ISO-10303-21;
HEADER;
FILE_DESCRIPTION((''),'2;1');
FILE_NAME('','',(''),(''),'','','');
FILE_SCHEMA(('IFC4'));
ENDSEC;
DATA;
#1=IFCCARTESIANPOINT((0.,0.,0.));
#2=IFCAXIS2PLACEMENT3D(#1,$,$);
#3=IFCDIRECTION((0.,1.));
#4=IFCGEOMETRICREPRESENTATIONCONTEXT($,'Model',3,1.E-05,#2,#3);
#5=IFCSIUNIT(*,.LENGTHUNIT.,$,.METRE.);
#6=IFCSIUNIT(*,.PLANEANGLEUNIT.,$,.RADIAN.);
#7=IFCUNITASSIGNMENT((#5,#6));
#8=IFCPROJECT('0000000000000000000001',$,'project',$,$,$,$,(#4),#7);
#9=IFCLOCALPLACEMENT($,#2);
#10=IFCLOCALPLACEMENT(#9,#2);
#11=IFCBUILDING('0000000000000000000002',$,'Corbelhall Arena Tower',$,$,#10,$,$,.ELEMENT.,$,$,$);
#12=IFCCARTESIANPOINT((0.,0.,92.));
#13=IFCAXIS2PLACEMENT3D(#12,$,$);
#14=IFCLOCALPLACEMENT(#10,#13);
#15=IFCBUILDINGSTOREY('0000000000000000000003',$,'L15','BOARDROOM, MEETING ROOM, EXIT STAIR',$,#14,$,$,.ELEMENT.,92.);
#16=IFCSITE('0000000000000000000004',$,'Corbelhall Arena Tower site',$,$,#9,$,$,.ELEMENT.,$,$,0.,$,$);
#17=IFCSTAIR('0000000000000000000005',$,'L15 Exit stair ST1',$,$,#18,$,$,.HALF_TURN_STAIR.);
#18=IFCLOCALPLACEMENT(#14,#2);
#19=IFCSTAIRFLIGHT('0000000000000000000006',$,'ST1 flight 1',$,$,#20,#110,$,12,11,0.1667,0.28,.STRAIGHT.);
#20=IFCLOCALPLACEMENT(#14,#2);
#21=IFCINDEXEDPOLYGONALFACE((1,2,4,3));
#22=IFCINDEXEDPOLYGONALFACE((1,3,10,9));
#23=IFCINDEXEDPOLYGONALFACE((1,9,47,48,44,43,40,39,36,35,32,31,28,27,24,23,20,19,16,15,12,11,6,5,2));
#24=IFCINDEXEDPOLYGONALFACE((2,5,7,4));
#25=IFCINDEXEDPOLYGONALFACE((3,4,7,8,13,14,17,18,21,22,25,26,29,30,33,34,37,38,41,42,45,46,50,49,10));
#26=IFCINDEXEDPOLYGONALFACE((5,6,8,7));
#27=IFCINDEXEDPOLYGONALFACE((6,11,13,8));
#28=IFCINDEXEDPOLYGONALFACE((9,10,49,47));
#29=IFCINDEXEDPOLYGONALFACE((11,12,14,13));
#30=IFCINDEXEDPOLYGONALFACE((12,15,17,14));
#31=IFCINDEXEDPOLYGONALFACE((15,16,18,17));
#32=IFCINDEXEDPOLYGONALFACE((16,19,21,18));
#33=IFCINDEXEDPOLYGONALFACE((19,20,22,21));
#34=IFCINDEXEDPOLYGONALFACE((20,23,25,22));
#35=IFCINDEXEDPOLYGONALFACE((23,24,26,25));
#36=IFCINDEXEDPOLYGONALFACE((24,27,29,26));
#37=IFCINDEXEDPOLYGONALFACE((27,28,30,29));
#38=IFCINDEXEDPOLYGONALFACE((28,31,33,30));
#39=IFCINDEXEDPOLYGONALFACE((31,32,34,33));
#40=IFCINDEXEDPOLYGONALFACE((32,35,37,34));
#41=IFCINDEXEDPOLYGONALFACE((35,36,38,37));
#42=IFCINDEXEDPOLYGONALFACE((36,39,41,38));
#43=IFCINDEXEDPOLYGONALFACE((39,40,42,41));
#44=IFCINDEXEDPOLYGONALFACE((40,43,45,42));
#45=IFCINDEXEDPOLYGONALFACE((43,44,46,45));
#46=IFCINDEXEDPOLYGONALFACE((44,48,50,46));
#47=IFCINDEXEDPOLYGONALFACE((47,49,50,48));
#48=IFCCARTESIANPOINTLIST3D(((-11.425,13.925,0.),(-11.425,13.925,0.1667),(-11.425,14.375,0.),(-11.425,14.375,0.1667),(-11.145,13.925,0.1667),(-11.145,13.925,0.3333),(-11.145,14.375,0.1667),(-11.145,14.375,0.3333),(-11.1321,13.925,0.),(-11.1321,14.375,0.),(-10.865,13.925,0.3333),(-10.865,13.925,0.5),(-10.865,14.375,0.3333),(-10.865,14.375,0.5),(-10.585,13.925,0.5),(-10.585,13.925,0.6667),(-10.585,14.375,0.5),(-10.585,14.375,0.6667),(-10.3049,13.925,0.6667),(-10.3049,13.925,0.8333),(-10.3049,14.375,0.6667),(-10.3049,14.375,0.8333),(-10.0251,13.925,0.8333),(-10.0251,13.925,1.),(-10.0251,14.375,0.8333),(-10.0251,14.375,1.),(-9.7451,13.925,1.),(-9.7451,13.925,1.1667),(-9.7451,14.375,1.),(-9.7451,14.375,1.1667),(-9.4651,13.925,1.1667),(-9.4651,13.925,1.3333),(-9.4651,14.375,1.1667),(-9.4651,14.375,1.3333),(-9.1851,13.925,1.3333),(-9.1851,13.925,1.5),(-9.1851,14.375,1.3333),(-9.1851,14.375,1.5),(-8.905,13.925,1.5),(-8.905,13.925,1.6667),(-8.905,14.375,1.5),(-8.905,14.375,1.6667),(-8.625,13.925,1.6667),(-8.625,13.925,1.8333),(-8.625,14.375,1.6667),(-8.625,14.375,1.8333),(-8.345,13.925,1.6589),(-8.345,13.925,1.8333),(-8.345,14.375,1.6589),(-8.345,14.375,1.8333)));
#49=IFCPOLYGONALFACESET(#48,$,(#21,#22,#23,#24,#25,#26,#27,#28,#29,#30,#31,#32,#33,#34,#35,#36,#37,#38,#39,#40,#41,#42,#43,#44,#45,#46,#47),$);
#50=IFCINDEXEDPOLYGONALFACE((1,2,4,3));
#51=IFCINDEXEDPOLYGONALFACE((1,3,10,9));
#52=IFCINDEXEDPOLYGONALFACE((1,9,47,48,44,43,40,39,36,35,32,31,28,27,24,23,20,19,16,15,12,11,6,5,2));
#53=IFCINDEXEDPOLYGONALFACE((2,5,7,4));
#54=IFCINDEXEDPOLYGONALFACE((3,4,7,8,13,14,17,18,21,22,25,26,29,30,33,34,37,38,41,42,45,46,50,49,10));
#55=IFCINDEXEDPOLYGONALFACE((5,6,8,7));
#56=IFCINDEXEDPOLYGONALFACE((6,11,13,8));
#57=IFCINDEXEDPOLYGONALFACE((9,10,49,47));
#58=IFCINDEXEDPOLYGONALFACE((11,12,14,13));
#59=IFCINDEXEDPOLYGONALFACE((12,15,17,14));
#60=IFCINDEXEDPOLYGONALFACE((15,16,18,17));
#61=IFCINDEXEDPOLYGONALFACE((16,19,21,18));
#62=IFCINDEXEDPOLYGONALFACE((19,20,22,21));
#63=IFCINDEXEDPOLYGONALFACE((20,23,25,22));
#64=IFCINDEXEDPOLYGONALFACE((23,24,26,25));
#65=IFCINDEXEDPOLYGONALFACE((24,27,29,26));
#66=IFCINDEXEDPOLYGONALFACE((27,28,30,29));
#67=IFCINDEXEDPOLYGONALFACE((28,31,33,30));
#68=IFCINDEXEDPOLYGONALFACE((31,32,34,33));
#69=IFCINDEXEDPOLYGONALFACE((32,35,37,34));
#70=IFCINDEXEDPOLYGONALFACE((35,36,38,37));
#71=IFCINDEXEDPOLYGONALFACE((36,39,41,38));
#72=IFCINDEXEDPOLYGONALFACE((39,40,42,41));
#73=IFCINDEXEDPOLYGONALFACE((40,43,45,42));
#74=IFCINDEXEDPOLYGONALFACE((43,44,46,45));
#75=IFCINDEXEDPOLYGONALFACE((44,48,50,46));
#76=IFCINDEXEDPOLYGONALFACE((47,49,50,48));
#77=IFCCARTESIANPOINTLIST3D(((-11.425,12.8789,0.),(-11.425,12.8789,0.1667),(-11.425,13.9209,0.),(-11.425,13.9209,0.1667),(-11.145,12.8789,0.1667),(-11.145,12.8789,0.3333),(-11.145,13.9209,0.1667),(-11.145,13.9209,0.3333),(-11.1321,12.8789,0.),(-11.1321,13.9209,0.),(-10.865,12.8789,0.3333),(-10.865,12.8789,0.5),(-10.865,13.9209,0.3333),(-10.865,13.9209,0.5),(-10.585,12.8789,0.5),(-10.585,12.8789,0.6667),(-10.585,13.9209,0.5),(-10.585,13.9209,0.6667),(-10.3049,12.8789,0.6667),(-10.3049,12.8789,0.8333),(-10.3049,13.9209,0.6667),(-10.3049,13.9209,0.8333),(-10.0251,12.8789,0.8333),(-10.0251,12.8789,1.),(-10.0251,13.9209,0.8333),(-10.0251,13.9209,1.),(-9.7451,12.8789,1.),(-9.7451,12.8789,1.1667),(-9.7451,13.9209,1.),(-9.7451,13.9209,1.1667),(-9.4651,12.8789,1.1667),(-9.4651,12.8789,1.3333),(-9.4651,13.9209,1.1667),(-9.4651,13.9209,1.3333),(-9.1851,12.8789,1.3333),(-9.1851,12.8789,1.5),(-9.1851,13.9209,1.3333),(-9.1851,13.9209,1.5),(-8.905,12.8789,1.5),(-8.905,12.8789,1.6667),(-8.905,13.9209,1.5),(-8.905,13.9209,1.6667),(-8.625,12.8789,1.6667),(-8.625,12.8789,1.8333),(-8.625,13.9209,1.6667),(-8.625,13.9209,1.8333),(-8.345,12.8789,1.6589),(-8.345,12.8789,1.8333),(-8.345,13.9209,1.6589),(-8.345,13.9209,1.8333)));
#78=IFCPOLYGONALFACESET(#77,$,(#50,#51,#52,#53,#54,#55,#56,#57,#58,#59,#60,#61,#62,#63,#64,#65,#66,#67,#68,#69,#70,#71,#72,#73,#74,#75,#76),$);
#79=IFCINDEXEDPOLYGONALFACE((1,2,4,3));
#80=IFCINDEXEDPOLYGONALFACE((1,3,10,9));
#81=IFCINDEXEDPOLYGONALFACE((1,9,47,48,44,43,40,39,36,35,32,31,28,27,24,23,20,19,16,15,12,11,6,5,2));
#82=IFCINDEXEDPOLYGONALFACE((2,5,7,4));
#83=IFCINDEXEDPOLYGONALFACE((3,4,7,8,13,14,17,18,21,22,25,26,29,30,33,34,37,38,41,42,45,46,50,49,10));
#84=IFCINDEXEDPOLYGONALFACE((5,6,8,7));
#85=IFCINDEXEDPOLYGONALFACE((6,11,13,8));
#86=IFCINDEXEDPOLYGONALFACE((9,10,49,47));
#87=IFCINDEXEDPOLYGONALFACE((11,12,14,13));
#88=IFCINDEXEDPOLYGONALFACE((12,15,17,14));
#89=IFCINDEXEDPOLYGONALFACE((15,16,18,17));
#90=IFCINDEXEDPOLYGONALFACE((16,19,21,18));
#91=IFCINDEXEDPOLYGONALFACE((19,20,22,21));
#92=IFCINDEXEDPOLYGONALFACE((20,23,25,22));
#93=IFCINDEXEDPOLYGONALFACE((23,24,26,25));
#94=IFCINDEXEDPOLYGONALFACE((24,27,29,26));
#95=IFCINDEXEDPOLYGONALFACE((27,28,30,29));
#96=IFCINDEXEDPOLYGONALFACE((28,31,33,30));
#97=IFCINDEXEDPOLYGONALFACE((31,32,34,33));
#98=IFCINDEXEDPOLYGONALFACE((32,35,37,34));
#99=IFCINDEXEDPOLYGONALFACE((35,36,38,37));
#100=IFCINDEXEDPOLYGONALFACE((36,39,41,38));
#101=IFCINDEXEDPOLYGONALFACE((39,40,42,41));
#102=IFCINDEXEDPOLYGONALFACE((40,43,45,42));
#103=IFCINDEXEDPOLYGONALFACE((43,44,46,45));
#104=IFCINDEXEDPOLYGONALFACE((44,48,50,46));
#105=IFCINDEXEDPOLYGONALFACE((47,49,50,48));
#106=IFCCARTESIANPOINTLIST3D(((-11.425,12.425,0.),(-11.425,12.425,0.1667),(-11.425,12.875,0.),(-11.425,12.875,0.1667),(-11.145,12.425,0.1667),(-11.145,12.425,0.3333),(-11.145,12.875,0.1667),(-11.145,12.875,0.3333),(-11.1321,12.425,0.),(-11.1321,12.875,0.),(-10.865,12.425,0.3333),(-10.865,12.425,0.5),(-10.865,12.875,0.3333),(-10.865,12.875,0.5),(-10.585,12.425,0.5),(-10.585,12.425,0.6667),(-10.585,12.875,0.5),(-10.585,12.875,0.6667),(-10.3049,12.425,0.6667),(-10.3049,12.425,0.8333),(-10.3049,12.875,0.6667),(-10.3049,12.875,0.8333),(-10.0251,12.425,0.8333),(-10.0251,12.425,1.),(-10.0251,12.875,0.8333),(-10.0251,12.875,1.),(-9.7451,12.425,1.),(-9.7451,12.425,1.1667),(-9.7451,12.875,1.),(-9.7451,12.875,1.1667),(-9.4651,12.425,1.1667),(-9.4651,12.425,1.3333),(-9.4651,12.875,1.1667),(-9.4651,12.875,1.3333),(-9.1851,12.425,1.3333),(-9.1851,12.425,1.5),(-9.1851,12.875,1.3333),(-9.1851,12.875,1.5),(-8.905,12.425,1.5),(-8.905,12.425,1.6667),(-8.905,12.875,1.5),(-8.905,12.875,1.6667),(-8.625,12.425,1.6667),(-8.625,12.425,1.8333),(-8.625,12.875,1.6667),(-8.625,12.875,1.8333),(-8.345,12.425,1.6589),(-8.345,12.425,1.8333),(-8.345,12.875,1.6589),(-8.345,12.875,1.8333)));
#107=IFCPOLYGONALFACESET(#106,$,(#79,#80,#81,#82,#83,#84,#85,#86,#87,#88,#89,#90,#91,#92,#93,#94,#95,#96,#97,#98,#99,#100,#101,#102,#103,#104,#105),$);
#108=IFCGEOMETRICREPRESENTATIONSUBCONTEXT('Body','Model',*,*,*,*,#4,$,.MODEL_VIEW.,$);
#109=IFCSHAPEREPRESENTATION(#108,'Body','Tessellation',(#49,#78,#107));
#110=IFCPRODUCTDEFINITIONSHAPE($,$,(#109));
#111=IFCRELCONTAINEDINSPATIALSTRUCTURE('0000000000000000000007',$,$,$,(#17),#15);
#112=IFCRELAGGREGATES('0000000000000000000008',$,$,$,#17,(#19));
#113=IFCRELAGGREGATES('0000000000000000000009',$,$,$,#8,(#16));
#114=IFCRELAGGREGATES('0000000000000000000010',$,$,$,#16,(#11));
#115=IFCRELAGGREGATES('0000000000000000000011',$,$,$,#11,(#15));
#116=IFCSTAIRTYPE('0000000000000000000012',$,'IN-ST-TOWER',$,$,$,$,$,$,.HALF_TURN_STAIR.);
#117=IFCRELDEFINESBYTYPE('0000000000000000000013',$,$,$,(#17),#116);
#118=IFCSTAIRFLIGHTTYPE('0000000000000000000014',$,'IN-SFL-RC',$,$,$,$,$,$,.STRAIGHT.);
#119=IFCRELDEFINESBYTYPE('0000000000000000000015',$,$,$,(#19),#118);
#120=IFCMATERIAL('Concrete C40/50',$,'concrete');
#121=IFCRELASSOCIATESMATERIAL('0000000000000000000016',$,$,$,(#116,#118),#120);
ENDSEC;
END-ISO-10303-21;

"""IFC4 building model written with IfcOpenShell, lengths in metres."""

from ifc_helpers import new_model, si_unit, direction, frame, origin, place, context, subcontext, project, spatial, polyline, outline, extrude, material, type_object, element, aggregate, save


model = new_model("IFC4")

# Units and contexts
model_context = context("Model", 3, precision=1e-05, world=origin(), true_north=direction((0.0, 1.0)))
body_context = subcontext(model_context, "Body", "Model", "MODEL_VIEW")
ifc_project = project(units=[si_unit("LENGTHUNIT", "METRE"), si_unit("PLANEANGLEUNIT", "RADIAN")], contexts=[model_context])

# Site, building, storey
site_placement = place(None, origin())
site = spatial("IfcSite", under=ifc_project, at=site_placement, Name="Corbelhall Arena Tower site", CompositionType="ELEMENT", RefElevation=0.0)
building_placement = place(site_placement, origin())
building = spatial("IfcBuilding", under=site, at=building_placement, Name="Corbelhall Arena Tower", CompositionType="ELEMENT")
storey_placement = place(building_placement, frame((0.0, 0.0, 92.0)))
storey = spatial("IfcBuildingStorey", under=building, at=storey_placement, Name="L15", Description="BOARDROOM, MEETING ROOM, EXIT STAIR", CompositionType="ELEMENT", Elevation=92.0)

# Shared definitions
ifc_material_1 = material(Name="Concrete C40/50", Category="concrete")

# Stair, stair flight
stair_type = type_object("IfcStairType", Name="IN-ST-TOWER", PredefinedType="HALF_TURN_STAIR", material=ifc_material_1)
stair_placement = place(storey_placement, origin())
stair = element("IfcStair", 1, at=stair_placement, inside=storey, type_object=stair_type, Name="L15 Exit stair ST1", PredefinedType="HALF_TURN_STAIR")
stair_flight_type = type_object("IfcStairFlightType", Name="IN-SFL-RC", PredefinedType="STRAIGHT", material=ifc_material_1)
stair_flight_placement = place(storey_placement, frame((-11.425, 13.3999, 0.0), z_axis=(0.0, 0.0, 1.0), x_axis=(1.0, 0.0, 0.0)))
stair_flight = element("IfcStairFlight", 2, at=stair_flight_placement, type_object=stair_flight_type, Name="ST1 flight 1", NumberOfRisers=12, NumberOfTreads=11, PredefinedType="STRAIGHT", RiserHeight=0.1667, TreadLength=0.28, context=body_context, shape_type="SweptSolid", body=[
    extrude(outline(polyline([(0.0, 0.0), (0.0, 0.1667), (0.28, 0.1667), (0.28, 0.3333), (0.5601, 0.3333), (0.5601, 0.5), (0.8401, 0.5), (0.8401, 0.6667), (1.1201, 0.6667), (1.1201, 0.8333), (1.3999, 0.8333), (1.3999, 1.0), (1.6799, 1.0), (1.6799, 1.1667), (1.96, 1.1667), (1.96, 1.3333), (2.24, 1.3333), (2.24, 1.5), (2.52, 1.5), (2.52, 1.6667), (2.8, 1.6667), (2.8, 1.8333), (3.0801, 1.8333), (3.0801, 2.0), (3.0801, 1.6589), (0.293, 0.0), (0.0, 0.0)])), frame((0.0, 0.9751, 0.0), z_axis=(0.0, -1.0, 0.0), x_axis=(1.0, 0.0, 0.0)), (0.0, 0.0, 1.0), 0.45),
    extrude(outline(polyline([(0.0, 0.0), (0.0, 0.1667), (0.28, 0.1667), (0.28, 0.3333), (0.5601, 0.3333), (0.5601, 0.5), (0.8401, 0.5), (0.8401, 0.6667), (1.1201, 0.6667), (1.1201, 0.8333), (1.3999, 0.8333), (1.3999, 1.0), (1.6799, 1.0), (1.6799, 1.1667), (1.96, 1.1667), (1.96, 1.3333), (2.24, 1.3333), (2.24, 1.5), (2.52, 1.5), (2.52, 1.6667), (2.8, 1.6667), (2.8, 1.8333), (3.0801, 1.8333), (3.0801, 2.0), (3.0801, 1.6589), (0.293, 0.0), (0.0, 0.0)])), frame((0.0, 0.521, 0.0), z_axis=(0.0, -1.0, 0.0), x_axis=(1.0, 0.0, 0.0)), (0.0, 0.0, 1.0), 1.042),
    extrude(outline(polyline([(0.0, 0.0), (0.0, 0.1667), (0.28, 0.1667), (0.28, 0.3333), (0.5601, 0.3333), (0.5601, 0.5), (0.8401, 0.5), (0.8401, 0.6667), (1.1201, 0.6667), (1.1201, 0.8333), (1.3999, 0.8333), (1.3999, 1.0), (1.6799, 1.0), (1.6799, 1.1667), (1.96, 1.1667), (1.96, 1.3333), (2.24, 1.3333), (2.24, 1.5), (2.52, 1.5), (2.52, 1.6667), (2.8, 1.6667), (2.8, 1.8333), (3.0801, 1.8333), (3.0801, 2.0), (3.0801, 1.6589), (0.293, 0.0), (0.0, 0.0)])), frame((0.0, -0.5249, 0.0), z_axis=(0.0, -1.0, 0.0), x_axis=(1.0, 0.0, 0.0)), (0.0, 0.0, 1.0), 0.45),
])
aggregate(stair, [stair_flight])

save(model, "model.ifc")
